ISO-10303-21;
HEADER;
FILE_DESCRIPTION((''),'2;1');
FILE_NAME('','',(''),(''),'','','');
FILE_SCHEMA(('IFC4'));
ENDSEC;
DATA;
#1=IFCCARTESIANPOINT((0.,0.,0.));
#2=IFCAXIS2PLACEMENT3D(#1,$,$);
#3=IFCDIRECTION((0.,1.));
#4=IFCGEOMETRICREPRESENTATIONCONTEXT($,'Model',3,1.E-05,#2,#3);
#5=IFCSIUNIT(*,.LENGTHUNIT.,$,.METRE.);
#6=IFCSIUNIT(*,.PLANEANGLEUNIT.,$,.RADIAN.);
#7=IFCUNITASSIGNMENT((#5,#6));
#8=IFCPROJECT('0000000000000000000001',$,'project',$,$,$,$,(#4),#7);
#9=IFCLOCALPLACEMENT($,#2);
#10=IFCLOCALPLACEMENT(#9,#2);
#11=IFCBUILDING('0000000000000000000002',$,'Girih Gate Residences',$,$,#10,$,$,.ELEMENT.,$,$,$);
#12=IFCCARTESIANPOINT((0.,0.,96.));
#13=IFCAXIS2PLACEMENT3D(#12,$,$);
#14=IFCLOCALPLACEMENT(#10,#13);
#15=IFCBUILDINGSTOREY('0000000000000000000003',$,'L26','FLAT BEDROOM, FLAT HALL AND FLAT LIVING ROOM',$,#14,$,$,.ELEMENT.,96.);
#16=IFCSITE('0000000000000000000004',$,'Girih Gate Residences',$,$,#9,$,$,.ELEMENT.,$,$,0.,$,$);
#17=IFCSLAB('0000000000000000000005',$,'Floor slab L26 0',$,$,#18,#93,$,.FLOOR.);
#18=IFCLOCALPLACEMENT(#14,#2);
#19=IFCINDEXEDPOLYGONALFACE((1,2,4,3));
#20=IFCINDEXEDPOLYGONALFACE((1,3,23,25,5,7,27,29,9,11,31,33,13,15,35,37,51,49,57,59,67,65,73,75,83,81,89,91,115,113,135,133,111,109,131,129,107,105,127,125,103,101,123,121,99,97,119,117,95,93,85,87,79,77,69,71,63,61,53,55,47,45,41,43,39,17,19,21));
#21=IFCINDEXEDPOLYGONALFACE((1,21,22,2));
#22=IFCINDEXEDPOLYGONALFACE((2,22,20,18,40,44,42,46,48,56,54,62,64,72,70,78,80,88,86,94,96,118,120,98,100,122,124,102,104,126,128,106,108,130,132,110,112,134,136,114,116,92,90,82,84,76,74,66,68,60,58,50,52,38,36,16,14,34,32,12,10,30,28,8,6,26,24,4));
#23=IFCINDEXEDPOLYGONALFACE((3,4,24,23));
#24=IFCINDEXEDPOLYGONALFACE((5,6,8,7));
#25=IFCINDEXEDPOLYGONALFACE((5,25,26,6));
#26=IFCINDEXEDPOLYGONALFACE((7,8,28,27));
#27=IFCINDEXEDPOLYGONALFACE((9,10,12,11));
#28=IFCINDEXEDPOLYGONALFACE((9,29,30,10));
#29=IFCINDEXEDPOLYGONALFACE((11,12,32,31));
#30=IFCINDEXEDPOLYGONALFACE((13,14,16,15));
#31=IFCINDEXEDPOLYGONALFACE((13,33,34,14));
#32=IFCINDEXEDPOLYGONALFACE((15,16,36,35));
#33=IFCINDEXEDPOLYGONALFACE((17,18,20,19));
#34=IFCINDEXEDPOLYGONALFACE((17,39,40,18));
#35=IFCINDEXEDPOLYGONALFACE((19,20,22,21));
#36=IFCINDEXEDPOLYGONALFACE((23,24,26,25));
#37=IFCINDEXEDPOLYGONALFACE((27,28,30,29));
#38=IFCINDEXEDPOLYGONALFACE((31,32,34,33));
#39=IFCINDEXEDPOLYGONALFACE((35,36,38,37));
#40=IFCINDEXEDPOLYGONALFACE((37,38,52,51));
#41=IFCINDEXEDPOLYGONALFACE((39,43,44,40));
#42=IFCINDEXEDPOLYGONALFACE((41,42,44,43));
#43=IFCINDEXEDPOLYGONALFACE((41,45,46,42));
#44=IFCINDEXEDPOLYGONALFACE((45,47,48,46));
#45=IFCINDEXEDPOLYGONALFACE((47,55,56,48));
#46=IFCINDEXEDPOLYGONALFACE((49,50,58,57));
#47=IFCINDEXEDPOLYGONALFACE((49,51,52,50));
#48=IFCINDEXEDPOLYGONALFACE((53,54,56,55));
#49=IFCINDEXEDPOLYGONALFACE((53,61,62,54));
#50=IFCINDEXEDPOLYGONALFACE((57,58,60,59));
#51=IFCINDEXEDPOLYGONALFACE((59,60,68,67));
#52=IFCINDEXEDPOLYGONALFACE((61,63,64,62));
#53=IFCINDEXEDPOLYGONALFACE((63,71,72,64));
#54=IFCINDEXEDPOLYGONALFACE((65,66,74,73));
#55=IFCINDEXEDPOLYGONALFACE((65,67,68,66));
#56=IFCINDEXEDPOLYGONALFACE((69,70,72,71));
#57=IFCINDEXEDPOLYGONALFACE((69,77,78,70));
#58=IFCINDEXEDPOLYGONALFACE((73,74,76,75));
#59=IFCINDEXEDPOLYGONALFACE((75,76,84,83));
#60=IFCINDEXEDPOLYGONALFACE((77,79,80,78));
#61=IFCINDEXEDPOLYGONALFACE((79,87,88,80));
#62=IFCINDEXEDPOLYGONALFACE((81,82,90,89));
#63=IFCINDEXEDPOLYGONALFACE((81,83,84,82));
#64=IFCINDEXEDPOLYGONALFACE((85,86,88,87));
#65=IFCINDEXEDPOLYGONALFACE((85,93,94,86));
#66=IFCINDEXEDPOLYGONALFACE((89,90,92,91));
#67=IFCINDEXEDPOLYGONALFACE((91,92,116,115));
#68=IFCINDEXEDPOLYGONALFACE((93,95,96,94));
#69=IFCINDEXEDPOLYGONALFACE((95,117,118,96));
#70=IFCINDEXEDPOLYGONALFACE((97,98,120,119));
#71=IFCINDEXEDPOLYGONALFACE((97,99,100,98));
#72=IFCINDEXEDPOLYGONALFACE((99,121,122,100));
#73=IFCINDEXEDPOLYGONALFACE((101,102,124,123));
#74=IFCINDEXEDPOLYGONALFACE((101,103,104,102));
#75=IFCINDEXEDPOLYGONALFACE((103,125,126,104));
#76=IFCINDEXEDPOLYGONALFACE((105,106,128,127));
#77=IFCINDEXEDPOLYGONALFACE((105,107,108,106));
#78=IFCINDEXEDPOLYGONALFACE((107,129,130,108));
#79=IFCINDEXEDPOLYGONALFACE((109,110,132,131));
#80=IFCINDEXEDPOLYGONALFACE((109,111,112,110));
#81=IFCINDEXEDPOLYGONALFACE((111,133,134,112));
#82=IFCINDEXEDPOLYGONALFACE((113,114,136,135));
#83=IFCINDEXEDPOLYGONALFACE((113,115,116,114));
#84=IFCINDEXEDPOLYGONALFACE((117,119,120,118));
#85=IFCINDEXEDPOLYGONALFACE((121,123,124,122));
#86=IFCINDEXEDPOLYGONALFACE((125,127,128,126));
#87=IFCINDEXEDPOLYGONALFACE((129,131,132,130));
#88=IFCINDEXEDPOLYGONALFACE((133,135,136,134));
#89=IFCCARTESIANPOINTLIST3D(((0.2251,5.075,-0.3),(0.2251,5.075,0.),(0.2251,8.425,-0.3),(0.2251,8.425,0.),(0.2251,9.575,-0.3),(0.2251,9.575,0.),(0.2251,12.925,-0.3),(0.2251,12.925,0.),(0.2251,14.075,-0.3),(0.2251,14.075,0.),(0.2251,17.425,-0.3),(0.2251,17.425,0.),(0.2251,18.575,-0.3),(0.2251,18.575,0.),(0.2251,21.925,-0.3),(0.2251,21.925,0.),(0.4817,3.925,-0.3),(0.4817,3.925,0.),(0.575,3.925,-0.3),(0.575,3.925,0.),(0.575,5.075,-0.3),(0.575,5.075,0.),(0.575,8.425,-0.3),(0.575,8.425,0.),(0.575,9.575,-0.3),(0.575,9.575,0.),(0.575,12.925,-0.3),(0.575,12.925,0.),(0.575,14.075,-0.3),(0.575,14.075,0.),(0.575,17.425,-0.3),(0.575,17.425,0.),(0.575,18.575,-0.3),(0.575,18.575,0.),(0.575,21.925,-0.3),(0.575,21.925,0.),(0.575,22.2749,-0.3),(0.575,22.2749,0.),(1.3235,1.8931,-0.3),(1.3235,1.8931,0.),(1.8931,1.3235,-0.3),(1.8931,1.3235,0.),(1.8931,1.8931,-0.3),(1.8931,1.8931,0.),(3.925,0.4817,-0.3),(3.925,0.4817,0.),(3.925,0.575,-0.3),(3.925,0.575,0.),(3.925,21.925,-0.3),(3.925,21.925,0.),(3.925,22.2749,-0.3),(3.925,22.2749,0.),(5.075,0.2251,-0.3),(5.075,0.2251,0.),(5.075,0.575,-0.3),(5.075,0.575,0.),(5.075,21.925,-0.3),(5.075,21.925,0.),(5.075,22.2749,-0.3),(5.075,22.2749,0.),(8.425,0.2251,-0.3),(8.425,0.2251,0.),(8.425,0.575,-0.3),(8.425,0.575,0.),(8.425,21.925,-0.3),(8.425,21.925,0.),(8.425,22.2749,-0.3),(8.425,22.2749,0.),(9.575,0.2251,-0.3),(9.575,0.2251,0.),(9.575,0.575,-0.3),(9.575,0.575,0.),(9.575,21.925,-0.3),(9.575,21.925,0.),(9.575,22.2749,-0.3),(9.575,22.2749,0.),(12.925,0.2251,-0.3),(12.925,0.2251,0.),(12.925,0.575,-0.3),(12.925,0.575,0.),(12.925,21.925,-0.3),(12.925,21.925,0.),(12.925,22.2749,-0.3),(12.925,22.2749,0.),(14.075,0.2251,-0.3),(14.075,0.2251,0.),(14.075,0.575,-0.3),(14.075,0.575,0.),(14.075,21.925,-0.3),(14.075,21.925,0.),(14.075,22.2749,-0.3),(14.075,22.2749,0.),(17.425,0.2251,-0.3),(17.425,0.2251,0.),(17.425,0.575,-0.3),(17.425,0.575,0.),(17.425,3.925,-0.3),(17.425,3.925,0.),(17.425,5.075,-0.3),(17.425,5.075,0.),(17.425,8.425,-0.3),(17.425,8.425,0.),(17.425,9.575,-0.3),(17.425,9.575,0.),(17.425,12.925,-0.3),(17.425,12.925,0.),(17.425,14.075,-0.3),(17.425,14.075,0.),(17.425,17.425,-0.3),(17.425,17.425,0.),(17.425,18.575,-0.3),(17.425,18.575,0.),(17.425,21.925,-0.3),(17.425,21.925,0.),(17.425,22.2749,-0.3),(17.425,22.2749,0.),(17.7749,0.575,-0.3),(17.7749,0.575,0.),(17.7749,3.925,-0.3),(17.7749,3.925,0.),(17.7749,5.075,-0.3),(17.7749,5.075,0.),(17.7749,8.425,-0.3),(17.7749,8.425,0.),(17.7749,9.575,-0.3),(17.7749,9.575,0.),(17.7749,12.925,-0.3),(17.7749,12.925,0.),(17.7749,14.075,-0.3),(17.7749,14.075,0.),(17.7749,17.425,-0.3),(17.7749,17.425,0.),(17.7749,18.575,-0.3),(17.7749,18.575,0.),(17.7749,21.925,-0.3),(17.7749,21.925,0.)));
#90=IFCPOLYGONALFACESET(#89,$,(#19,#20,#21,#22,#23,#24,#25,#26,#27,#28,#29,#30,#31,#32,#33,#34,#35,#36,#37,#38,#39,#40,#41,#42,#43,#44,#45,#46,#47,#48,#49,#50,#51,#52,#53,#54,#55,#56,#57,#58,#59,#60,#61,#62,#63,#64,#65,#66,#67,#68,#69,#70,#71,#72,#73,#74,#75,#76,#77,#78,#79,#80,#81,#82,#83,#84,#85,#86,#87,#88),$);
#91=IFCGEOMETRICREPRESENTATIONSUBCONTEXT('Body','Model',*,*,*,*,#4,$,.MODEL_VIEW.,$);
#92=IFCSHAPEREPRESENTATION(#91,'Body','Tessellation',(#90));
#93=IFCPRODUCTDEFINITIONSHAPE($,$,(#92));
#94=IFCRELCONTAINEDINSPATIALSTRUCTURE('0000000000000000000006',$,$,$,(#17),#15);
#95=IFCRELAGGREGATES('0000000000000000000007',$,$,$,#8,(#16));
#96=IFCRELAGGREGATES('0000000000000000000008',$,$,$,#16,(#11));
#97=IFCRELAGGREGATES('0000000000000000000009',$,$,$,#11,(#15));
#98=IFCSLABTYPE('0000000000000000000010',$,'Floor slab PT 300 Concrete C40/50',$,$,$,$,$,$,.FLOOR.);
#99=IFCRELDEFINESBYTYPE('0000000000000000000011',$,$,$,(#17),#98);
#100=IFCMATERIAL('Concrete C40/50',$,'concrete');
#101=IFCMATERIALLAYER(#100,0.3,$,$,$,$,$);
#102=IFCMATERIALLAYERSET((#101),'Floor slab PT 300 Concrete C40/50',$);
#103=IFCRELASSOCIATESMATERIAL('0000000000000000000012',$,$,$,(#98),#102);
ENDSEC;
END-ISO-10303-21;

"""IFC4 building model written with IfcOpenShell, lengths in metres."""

from ifc_helpers import new_model, si_unit, direction, frame, origin, place, context, subcontext, project, spatial, polyline, outline, extrude, material, layer, layer_set, type_object, element, save


model = new_model("IFC4")

# Units and contexts
model_context = context("Model", 3, precision=1e-05, world=origin(), true_north=direction((0.0, 1.0)))
body_context = subcontext(model_context, "Body", "Model", "MODEL_VIEW")
ifc_project = project(units=[si_unit("LENGTHUNIT", "METRE"), si_unit("PLANEANGLEUNIT", "RADIAN")], contexts=[model_context])

# Site, building, storey
site_placement = place(None, origin())
site = spatial("IfcSite", under=ifc_project, at=site_placement, Name="Girih Gate Residences", CompositionType="ELEMENT", RefElevation=0.0)
building_placement = place(site_placement, origin())
building = spatial("IfcBuilding", under=site, at=building_placement, Name="Girih Gate Residences", CompositionType="ELEMENT")
storey_placement = place(building_placement, frame((0.0, 0.0, 96.0)))
storey = spatial("IfcBuildingStorey", under=building, at=storey_placement, Name="L26", Description="FLAT BEDROOM, FLAT HALL AND FLAT LIVING ROOM", CompositionType="ELEMENT", Elevation=96.0)

# Slab
ifc_material_1 = material(Name="Concrete C40/50", Category="concrete")
ifc_layer_1 = layer(ifc_material_1, 0.3)
ifc_layer_set_1 = layer_set([ifc_layer_1], Name="Floor slab PT 300 Concrete C40/50")
slab_type_1 = type_object("IfcSlabType", Name="Floor slab PT 300 Concrete C40/50", PredefinedType="FLOOR", material=ifc_layer_set_1)
slab_1_placement = place(storey_placement, frame((0.0, 0.0, -0.3)))
element("IfcSlab", 1, at=slab_1_placement, inside=storey, type_object=slab_type_1, Name="Floor slab L26 0", PredefinedType="FLOOR", context=body_context, shape_type="SweptSolid", body=[
    extrude(outline(polyline([(0.2251, 8.425), (0.2251, 5.075), (0.575, 5.075), (0.575, 3.925), (0.4817, 3.925), (1.3235, 1.8931), (1.8931, 1.8931), (1.8931, 1.3235), (3.925, 0.4817), (3.925, 0.575), (5.075, 0.575), (5.075, 0.2251), (8.425, 0.2251), (8.425, 0.575), (9.575, 0.575), (9.575, 0.2251), (12.925, 0.2251), (12.925, 0.575), (14.075, 0.575), (14.075, 0.2251), (17.425, 0.2251), (17.425, 0.575), (17.7749, 0.575), (17.7749, 3.925), (17.425, 3.925), (17.425, 5.075), (17.7749, 5.075), (17.7749, 8.425), (17.425, 8.425), (17.425, 9.575), (17.7749, 9.575), (17.7749, 12.925), (17.425, 12.925), (17.425, 14.075), (17.7749, 14.075), (17.7749, 17.425), (17.425, 17.425), (17.425, 18.575), (17.7749, 18.575), (17.7749, 21.925), (17.425, 21.925), (17.425, 22.2749), (14.075, 22.2749), (14.075, 21.925), (12.925, 21.925), (12.925, 22.2749), (9.575, 22.2749), (9.575, 21.925), (8.425, 21.925), (8.425, 22.2749), (5.075, 22.2749), (5.075, 21.925), (3.925, 21.925), (3.925, 22.2749), (0.575, 22.2749), (0.575, 21.925), (0.2251, 21.925), (0.2251, 18.575), (0.575, 18.575), (0.575, 17.425), (0.2251, 17.425), (0.2251, 14.075), (0.575, 14.075), (0.575, 12.925), (0.2251, 12.925), (0.2251, 9.575), (0.575, 9.575), (0.575, 8.425), (0.2251, 8.425)])), origin(), (0.0, 0.0, 1.0), 0.3),
])

save(model, "model.ifc")
